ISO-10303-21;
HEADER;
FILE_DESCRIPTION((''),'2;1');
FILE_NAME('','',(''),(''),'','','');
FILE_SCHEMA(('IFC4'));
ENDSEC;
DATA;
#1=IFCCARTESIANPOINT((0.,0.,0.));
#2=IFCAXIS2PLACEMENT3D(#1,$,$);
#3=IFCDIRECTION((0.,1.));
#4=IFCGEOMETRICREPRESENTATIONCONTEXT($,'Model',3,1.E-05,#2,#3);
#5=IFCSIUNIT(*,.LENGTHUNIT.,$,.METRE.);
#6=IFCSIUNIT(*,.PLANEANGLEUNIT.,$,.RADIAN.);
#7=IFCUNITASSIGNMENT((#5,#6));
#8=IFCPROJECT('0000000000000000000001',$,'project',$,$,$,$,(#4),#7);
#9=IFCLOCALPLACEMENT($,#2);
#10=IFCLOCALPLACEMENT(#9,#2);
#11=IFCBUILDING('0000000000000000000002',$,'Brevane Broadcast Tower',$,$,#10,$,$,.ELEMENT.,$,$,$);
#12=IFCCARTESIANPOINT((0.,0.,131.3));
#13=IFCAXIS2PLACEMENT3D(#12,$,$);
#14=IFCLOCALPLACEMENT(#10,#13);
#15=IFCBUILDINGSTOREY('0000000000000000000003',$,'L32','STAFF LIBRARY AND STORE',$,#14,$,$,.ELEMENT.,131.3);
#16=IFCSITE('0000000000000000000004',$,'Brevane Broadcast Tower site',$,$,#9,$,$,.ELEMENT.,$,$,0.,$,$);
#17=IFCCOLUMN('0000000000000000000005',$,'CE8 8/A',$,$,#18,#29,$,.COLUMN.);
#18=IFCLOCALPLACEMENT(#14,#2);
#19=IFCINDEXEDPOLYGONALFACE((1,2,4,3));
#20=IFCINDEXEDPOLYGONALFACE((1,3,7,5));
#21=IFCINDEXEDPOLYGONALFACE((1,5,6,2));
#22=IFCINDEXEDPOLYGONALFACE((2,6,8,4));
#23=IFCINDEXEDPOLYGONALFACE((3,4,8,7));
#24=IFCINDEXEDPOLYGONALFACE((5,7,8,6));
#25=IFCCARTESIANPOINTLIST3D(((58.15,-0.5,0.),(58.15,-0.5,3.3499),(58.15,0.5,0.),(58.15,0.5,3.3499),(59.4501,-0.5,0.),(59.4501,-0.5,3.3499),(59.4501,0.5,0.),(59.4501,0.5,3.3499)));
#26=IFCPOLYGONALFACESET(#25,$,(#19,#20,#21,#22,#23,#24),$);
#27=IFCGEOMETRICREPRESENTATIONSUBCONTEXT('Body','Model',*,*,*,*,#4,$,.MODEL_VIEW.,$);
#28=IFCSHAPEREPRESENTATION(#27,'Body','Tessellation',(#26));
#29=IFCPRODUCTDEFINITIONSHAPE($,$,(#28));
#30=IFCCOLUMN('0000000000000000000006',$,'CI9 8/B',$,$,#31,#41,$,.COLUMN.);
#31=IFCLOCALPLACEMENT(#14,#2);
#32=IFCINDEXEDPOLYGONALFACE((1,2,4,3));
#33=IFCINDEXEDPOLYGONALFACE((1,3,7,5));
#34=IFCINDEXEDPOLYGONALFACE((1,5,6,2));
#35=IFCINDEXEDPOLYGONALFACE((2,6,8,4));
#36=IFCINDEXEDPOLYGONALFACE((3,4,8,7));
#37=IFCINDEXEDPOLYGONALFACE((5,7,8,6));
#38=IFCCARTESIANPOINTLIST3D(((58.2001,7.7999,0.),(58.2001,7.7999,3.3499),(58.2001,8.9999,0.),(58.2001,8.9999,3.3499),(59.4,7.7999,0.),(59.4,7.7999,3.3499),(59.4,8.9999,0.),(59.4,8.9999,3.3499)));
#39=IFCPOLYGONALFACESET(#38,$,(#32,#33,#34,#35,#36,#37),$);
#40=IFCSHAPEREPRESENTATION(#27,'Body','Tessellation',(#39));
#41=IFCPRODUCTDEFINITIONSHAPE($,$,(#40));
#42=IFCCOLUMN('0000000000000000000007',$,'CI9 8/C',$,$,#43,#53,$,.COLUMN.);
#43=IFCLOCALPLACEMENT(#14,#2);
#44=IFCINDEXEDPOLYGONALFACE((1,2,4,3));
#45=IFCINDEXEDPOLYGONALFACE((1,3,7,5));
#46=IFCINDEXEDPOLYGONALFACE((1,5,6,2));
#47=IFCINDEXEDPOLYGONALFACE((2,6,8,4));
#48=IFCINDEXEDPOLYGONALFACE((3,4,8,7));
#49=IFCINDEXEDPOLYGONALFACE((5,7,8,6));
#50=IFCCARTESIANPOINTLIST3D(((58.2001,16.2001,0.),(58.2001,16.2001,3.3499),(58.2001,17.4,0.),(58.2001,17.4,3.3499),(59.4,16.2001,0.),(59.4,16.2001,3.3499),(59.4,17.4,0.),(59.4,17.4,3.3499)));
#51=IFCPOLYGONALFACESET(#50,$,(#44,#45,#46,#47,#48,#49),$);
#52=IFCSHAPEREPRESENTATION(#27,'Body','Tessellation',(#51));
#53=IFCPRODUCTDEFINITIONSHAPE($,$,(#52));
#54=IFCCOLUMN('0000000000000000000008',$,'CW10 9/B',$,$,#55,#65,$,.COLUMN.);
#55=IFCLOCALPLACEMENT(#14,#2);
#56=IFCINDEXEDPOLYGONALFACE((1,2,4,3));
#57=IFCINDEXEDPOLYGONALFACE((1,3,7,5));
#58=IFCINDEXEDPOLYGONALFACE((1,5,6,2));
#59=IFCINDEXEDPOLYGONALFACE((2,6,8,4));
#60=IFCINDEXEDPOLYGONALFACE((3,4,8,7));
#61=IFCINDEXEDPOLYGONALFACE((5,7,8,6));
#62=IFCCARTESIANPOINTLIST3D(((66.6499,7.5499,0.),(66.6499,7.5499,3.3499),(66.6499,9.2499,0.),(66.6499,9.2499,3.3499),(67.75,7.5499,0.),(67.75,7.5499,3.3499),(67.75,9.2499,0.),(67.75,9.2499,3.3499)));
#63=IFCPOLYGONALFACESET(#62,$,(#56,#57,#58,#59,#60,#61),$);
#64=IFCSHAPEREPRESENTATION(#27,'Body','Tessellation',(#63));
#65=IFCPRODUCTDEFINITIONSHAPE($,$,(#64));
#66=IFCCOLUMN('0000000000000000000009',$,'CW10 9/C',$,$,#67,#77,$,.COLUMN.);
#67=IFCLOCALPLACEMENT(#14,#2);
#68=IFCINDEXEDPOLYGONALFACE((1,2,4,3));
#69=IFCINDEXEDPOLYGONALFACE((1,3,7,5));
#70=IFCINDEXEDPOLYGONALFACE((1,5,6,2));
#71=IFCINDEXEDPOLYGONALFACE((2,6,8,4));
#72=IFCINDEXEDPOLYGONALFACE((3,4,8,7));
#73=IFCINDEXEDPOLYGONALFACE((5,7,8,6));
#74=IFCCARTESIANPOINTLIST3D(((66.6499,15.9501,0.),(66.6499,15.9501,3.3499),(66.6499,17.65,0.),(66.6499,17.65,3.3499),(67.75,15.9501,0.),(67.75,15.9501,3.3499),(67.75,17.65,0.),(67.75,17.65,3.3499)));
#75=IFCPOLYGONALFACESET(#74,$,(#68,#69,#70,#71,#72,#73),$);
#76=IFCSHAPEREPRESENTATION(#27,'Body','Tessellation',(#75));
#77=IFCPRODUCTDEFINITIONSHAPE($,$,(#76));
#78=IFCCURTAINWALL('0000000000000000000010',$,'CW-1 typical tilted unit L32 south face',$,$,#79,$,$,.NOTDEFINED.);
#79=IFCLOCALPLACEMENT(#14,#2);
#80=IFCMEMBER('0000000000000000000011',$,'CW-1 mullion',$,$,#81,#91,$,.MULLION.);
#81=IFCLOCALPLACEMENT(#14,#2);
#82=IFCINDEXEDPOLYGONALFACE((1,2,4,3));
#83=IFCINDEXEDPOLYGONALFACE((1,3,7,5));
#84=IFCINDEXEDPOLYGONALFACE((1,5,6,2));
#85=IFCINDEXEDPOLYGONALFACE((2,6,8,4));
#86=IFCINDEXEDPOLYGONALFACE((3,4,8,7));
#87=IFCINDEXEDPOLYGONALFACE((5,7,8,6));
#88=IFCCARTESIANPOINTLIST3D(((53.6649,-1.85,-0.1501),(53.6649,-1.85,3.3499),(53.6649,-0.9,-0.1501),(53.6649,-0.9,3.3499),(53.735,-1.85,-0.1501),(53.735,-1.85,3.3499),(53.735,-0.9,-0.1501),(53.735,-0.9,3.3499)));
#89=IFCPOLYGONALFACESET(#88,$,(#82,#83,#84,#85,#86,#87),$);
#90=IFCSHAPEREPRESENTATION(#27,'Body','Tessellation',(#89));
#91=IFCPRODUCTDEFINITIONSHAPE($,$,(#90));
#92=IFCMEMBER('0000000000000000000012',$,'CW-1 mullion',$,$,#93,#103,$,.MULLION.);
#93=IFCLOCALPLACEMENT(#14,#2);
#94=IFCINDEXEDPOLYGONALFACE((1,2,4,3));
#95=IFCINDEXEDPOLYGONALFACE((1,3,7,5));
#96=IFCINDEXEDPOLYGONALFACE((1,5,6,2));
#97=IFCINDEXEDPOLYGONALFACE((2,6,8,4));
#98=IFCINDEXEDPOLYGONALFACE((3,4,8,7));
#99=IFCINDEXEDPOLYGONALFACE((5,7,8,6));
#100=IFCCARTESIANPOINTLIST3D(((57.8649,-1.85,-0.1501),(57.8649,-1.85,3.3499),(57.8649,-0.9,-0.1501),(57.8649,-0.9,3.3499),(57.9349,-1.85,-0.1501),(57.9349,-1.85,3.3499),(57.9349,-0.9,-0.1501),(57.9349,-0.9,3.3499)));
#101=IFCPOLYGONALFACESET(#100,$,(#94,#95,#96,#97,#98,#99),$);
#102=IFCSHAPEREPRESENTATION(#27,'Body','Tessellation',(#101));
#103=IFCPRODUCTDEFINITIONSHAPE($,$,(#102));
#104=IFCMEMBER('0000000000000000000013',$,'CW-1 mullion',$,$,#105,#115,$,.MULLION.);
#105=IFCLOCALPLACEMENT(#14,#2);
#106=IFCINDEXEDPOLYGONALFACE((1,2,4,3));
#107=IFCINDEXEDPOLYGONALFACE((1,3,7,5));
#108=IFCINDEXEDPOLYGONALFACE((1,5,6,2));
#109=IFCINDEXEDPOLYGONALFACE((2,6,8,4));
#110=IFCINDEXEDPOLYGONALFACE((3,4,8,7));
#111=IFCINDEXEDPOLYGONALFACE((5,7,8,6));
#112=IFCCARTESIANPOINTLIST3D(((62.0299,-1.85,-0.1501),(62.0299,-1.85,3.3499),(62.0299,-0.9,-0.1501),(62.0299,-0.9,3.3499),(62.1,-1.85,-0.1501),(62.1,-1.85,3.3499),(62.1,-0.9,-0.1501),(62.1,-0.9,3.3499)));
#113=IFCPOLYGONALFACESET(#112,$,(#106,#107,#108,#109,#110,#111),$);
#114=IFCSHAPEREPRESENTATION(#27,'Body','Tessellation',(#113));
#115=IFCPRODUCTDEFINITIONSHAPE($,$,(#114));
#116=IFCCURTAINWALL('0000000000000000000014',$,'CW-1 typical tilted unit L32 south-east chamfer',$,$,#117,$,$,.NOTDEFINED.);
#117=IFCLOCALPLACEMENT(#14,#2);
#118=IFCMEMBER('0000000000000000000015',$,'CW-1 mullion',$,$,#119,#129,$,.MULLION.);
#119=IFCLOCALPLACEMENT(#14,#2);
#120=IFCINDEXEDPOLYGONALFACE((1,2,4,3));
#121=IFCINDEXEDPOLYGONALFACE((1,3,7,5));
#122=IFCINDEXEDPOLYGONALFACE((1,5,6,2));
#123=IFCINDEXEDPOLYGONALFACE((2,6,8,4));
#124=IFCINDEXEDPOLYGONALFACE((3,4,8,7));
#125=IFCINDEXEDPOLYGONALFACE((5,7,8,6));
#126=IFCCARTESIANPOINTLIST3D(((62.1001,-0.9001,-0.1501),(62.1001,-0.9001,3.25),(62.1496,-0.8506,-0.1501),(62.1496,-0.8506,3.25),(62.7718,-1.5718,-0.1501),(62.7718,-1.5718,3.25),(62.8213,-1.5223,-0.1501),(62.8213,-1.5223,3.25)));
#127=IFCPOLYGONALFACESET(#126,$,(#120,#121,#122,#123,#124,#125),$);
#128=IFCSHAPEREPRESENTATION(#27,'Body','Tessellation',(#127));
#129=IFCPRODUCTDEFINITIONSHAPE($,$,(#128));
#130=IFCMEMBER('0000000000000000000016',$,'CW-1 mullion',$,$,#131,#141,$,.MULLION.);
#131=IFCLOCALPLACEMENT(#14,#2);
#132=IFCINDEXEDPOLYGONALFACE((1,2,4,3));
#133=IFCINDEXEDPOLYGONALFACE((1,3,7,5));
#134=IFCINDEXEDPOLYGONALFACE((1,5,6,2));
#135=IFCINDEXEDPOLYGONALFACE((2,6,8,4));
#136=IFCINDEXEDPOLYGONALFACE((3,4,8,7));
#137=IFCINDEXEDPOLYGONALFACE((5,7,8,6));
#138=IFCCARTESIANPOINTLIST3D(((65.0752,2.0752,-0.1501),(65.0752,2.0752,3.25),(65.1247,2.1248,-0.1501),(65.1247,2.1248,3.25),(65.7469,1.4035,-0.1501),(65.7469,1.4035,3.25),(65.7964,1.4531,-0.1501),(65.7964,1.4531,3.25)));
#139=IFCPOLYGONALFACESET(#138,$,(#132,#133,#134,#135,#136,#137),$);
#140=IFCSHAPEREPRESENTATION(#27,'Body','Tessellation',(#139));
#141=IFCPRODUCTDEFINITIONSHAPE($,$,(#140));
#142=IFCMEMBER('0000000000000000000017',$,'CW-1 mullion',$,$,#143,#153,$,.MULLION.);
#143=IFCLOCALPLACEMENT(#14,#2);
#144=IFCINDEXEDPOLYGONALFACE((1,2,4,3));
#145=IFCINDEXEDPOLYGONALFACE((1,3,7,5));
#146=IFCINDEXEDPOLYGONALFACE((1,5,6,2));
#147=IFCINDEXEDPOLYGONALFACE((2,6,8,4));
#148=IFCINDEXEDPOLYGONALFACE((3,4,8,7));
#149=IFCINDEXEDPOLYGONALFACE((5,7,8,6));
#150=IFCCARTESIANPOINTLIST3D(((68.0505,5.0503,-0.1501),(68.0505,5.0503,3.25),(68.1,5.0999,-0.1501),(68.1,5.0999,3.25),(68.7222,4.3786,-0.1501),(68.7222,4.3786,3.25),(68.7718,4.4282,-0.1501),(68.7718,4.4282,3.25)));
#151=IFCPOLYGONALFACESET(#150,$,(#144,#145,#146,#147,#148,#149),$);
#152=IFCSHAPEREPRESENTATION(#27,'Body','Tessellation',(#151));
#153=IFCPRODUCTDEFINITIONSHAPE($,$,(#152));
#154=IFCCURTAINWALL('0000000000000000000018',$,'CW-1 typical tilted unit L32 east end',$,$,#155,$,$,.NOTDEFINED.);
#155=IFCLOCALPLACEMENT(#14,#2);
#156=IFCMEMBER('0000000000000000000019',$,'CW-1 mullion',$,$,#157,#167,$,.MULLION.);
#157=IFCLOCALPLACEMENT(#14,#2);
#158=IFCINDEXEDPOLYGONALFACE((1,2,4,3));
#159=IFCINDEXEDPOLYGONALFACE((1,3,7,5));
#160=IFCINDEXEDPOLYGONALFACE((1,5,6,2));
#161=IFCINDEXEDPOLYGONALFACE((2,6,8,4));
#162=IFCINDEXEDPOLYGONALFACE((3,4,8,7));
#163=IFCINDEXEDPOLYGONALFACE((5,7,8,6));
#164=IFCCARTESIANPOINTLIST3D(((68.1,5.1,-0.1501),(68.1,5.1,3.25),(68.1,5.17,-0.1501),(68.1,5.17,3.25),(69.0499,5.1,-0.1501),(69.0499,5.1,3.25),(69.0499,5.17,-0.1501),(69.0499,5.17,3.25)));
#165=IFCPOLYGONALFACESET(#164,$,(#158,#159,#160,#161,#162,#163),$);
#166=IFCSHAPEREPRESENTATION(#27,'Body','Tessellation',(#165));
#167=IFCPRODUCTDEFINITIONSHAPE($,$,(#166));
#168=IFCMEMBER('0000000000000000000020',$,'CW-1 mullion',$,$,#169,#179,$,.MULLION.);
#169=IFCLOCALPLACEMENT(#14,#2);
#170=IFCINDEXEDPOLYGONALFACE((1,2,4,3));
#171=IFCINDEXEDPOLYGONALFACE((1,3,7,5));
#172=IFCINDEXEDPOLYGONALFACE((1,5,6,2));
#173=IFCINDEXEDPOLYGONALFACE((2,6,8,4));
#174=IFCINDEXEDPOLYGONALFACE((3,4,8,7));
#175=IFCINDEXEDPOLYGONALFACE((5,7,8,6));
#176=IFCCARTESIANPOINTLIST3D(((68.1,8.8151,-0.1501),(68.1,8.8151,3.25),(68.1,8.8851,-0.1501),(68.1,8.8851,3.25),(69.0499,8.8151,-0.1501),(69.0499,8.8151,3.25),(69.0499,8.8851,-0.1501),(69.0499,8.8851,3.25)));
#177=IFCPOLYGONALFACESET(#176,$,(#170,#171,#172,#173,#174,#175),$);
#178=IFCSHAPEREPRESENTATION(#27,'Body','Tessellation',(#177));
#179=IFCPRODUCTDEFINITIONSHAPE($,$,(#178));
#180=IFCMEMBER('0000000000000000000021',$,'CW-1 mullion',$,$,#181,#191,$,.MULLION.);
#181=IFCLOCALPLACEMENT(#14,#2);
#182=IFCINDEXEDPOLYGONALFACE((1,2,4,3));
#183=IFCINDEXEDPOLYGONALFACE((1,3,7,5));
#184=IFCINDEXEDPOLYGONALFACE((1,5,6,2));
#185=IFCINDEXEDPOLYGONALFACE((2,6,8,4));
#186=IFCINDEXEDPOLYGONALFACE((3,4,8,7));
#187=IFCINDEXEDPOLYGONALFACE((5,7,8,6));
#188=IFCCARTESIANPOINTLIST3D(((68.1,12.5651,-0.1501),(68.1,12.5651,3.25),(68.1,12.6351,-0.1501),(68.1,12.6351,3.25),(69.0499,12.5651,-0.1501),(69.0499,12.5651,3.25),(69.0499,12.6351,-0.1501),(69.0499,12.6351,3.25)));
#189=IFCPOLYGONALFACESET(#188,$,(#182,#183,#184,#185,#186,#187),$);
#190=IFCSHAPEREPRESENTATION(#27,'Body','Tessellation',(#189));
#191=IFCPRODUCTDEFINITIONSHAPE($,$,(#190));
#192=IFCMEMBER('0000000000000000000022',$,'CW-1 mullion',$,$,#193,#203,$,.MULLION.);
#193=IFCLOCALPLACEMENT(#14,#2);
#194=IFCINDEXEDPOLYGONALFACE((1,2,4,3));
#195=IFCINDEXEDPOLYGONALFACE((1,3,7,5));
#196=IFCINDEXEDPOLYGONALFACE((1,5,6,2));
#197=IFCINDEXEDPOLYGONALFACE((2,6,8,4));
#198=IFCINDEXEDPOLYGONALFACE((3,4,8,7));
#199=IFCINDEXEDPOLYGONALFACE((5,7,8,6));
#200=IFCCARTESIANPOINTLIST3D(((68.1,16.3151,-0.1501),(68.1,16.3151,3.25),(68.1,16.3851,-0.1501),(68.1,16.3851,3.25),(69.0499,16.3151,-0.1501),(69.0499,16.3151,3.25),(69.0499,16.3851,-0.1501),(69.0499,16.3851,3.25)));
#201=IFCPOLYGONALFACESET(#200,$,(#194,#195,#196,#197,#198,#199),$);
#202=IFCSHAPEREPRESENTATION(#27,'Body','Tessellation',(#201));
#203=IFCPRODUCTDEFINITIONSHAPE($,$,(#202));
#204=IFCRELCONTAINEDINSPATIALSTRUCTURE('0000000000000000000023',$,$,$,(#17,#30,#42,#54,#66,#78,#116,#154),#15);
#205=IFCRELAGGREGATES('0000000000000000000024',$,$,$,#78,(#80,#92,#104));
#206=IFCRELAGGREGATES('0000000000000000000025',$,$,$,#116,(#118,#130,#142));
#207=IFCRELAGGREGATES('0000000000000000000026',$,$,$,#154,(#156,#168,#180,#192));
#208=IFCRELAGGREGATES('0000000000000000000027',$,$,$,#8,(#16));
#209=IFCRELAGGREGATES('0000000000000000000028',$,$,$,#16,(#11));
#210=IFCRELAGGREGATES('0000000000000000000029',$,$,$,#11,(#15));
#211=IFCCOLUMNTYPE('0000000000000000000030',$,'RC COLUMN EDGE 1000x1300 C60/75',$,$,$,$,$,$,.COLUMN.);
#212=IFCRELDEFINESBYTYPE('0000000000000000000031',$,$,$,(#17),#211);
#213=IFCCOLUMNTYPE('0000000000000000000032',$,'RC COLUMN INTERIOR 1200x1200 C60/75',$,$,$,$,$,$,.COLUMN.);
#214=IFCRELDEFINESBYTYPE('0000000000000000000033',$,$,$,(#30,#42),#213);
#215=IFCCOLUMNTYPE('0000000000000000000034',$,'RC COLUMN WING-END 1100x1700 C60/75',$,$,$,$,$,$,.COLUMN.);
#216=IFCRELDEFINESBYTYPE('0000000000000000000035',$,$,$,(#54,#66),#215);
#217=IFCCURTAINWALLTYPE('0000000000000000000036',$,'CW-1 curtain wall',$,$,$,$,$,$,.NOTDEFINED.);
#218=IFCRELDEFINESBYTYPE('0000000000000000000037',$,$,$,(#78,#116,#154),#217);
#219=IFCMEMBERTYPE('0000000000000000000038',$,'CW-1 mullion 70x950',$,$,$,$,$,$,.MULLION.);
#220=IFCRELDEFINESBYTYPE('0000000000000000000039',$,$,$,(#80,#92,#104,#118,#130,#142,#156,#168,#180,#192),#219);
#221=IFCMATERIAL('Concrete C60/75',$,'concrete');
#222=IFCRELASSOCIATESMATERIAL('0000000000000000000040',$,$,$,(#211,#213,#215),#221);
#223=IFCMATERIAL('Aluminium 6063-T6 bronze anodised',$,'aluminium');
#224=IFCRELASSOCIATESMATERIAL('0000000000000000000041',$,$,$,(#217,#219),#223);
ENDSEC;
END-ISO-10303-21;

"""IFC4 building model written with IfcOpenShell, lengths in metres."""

from ifc_helpers import new_model, si_unit, direction, frame, origin, origin_2d, place, context, subcontext, project, spatial, rectangle, extrude, material, material_profile, profile_set, type_object, element, aggregate, save


model = new_model("IFC4")

# Units and contexts
model_context = context("Model", 3, precision=1e-05, world=origin(), true_north=direction((0.0, 1.0)))
body_context = subcontext(model_context, "Body", "Model", "MODEL_VIEW")
ifc_project = project(units=[si_unit("LENGTHUNIT", "METRE"), si_unit("PLANEANGLEUNIT", "RADIAN")], contexts=[model_context])

# Site, building, storey
site_placement = place(None, origin())
site = spatial("IfcSite", under=ifc_project, at=site_placement, Name="Brevane Broadcast Tower site", CompositionType="ELEMENT", RefElevation=0.0)
building_placement = place(site_placement, origin())
building = spatial("IfcBuilding", under=site, at=building_placement, Name="Brevane Broadcast Tower", CompositionType="ELEMENT")
storey_placement = place(building_placement, frame((0.0, 0.0, 131.3)))
storey = spatial("IfcBuildingStorey", under=building, at=storey_placement, Name="L32", Description="STAFF LIBRARY AND STORE", CompositionType="ELEMENT", Elevation=131.3)

# Columns
ifc_material_1 = material(Name="Concrete C60/75", Category="concrete")
ifc_material_profile_1 = material_profile(ifc_material_1, rectangle(XDim=1.0, YDim=1.3, at=origin_2d()), Name="RC 1000x1300")
ifc_profile_set_1 = profile_set([ifc_material_profile_1], Name="Concrete C60/75")
column_type_1 = type_object("IfcColumnType", Name="RC COLUMN EDGE 1000x1300 C60/75", PredefinedType="COLUMN", material=ifc_profile_set_1)
column_placement = place(storey_placement, frame((58.8, 0.0, 0.0), z_axis=(0.0, 0.0, 1.0), x_axis=(0.0, 1.0, 0.0)))
element("IfcColumn", 1, at=column_placement, inside=storey, type_object=column_type_1, Name="CE8 8/A", PredefinedType="COLUMN", context=body_context, shape_type="SweptSolid", body=[
    extrude(rectangle(XDim=1.0, YDim=1.3, at=origin_2d()), origin(), (0.0, 0.0, 1.0), 3.3499),
])
ifc_material_profile_2 = material_profile(ifc_material_1, rectangle(XDim=1.2, YDim=1.2, at=origin_2d()), Name="RC 1200x1200")
ifc_profile_set_2 = profile_set([ifc_material_profile_2], Name="Concrete C60/75")
column_type_2 = type_object("IfcColumnType", Name="RC COLUMN INTERIOR 1200x1200 C60/75", PredefinedType="COLUMN", material=ifc_profile_set_2)
for number, where, z_axis, x_axis, name in (
    (2, (58.8, 8.3999, 0.0), (0.0, 0.0, 1.0), (1.0, 0.0, 0.0), "CI9 8/B"),
    (3, (58.8, 16.8, 0.0), (0.0, 0.0, 1.0), (1.0, 0.0, 0.0), "CI9 8/C"),
):
    element("IfcColumn", number, at=place(storey_placement, frame(where, z_axis=z_axis, x_axis=x_axis)), inside=storey, type_object=column_type_2, Name=name, PredefinedType="COLUMN", context=body_context, shape_type="SweptSolid", body=[
        extrude(rectangle(XDim=1.2, YDim=1.2, at=origin_2d()), origin(), (0.0, 0.0, 1.0), 3.3499),
    ])
ifc_material_profile_3 = material_profile(ifc_material_1, rectangle(XDim=1.1001, YDim=1.7, at=origin_2d()), Name="RC 1100x1700")
ifc_profile_set_3 = profile_set([ifc_material_profile_3], Name="Concrete C60/75")
column_type_3 = type_object("IfcColumnType", Name="RC COLUMN WING-END 1100x1700 C60/75", PredefinedType="COLUMN", material=ifc_profile_set_3)
for number, where, z_axis, x_axis, name in (
    (4, (67.2, 8.3999, 0.0), (0.0, 0.0, 1.0), (1.0, 0.0, 0.0), "CW10 9/B"),
    (5, (67.2, 16.8, 0.0), (0.0, 0.0, 1.0), (1.0, 0.0, 0.0), "CW10 9/C"),
):
    element("IfcColumn", number, at=place(storey_placement, frame(where, z_axis=z_axis, x_axis=x_axis)), inside=storey, type_object=column_type_3, Name=name, PredefinedType="COLUMN", context=body_context, shape_type="SweptSolid", body=[
        extrude(rectangle(XDim=1.1001, YDim=1.7, at=origin_2d()), origin(), (0.0, 0.0, 1.0), 3.3499),
    ])

# Curtain walls, members
ifc_material_2 = material(Name="Aluminium 6063-T6 bronze anodised", Category="aluminium")
curtain_wall_type = type_object("IfcCurtainWallType", Name="CW-1 curtain wall", PredefinedType="NOTDEFINED", material=ifc_material_2)
curtain_wall_1_placement = place(storey_placement, origin())
curtain_wall_1 = element("IfcCurtainWall", 6, at=curtain_wall_1_placement, inside=storey, type_object=curtain_wall_type, Name="CW-1 typical tilted unit L32 south face", PredefinedType="NOTDEFINED")
ifc_material_profile_4 = material_profile(ifc_material_2, rectangle(XDim=0.95, YDim=0.0701, at=origin_2d()), Name="RECT 70x950")
ifc_profile_set_4 = profile_set([ifc_material_profile_4], Name="Aluminium 6063-T6 bronze anodised")
member_type_1 = type_object("IfcMemberType", Name="CW-1 mullion 70x950", PredefinedType="MULLION", material=ifc_profile_set_4)
member_1_placement = place(storey_placement, frame((53.7, -1.375, -0.1501), z_axis=(0.0, 0.0, 1.0), x_axis=(0.0, 1.0, 0.0)))
member_1 = element("IfcMember", 7, at=member_1_placement, type_object=member_type_1, Name="CW-1 mullion", PredefinedType="MULLION", context=body_context, shape_type="SweptSolid", body=[
    extrude(rectangle(XDim=0.95, YDim=0.0701, at=origin_2d()), origin(), (0.0, 0.0, 1.0), 3.5),
])
member_2_placement = place(storey_placement, frame((57.8999, -1.375, -0.1501), z_axis=(0.0, 0.0, 1.0), x_axis=(0.0, 1.0, 0.0)))
member_2 = element("IfcMember", 8, at=member_2_placement, type_object=member_type_1, Name="CW-1 mullion", PredefinedType="MULLION", context=body_context, shape_type="SweptSolid", body=[
    extrude(rectangle(XDim=0.95, YDim=0.0701, at=origin_2d()), origin(), (0.0, 0.0, 1.0), 3.5),
])
member_3_placement = place(storey_placement, frame((62.0649, -1.375, -0.1501), z_axis=(0.0, 0.0, 1.0), x_axis=(0.0, 1.0, 0.0)))
member_3 = element("IfcMember", 9, at=member_3_placement, type_object=member_type_1, Name="CW-1 mullion", PredefinedType="MULLION", context=body_context, shape_type="SweptSolid", body=[
    extrude(rectangle(XDim=0.95, YDim=0.0701, at=origin_2d()), origin(), (0.0, 0.0, 1.0), 3.5),
])
aggregate(curtain_wall_1, [member_1, member_2, member_3])
curtain_wall_2_placement = place(storey_placement, origin())
curtain_wall_2 = element("IfcCurtainWall", 10, at=curtain_wall_2_placement, inside=storey, type_object=curtain_wall_type, Name="CW-1 typical tilted unit L32 south-east chamfer", PredefinedType="NOTDEFINED")
member_4_placement = place(storey_placement, frame((62.4607, -1.2112, -0.1501), z_axis=(0.0, 0.0, 1.0), x_axis=(-0.707107, 0.707107, 0.0)))
member_4 = element("IfcMember", 11, at=member_4_placement, type_object=member_type_1, Name="CW-1 mullion", PredefinedType="MULLION", context=body_context, shape_type="SweptSolid", body=[
    extrude(rectangle(XDim=0.95, YDim=0.0701, at=origin_2d()), origin(), (0.0, 0.0, 1.0), 3.4001),
])
member_5_placement = place(storey_placement, frame((65.4358, 1.7642, -0.1501), z_axis=(0.0, 0.0, 1.0), x_axis=(-0.707107, 0.707107, 0.0)))
member_5 = element("IfcMember", 12, at=member_5_placement, type_object=member_type_1, Name="CW-1 mullion", PredefinedType="MULLION", context=body_context, shape_type="SweptSolid", body=[
    extrude(rectangle(XDim=0.95, YDim=0.0701, at=origin_2d()), origin(), (0.0, 0.0, 1.0), 3.4001),
])
member_6_placement = place(storey_placement, frame((68.4111, 4.7393, -0.1501), z_axis=(0.0, 0.0, 1.0), x_axis=(-0.707107, 0.707107, 0.0)))
member_6 = element("IfcMember", 13, at=member_6_placement, type_object=member_type_1, Name="CW-1 mullion", PredefinedType="MULLION", context=body_context, shape_type="SweptSolid", body=[
    extrude(rectangle(XDim=0.95, YDim=0.0701, at=origin_2d()), origin(), (0.0, 0.0, 1.0), 3.4001),
])
curtain_wall_3_placement = place(storey_placement, origin())
curtain_wall_3 = element("IfcCurtainWall", 14, at=curtain_wall_3_placement, inside=storey, type_object=curtain_wall_type, Name="CW-1 typical tilted unit L32 east end", PredefinedType="NOTDEFINED")
member_7_placement = place(storey_placement, frame((68.575, 5.135, -0.1501), z_axis=(0.0, 0.0, 1.0), x_axis=(-1.0, 0.0, 0.0)))
member_7 = element("IfcMember", 15, at=member_7_placement, type_object=member_type_1, Name="CW-1 mullion", PredefinedType="MULLION", context=body_context, shape_type="SweptSolid", body=[
    extrude(rectangle(XDim=0.95, YDim=0.0701, at=origin_2d()), origin(), (0.0, 0.0, 1.0), 3.4001),
])
member_8_placement = place(storey_placement, frame((68.575, 8.8501, -0.1501), z_axis=(0.0, 0.0, 1.0), x_axis=(-1.0, 0.0, 0.0)))
member_8 = element("IfcMember", 16, at=member_8_placement, type_object=member_type_1, Name="CW-1 mullion", PredefinedType="MULLION", context=body_context, shape_type="SweptSolid", body=[
    extrude(rectangle(XDim=0.95, YDim=0.0701, at=origin_2d()), origin(), (0.0, 0.0, 1.0), 3.4001),
])
member_9_placement = place(storey_placement, frame((68.575, 12.6001, -0.1501), z_axis=(0.0, 0.0, 1.0), x_axis=(-1.0, 0.0, 0.0)))
member_9 = element("IfcMember", 17, at=member_9_placement, type_object=member_type_1, Name="CW-1 mullion", PredefinedType="MULLION", context=body_context, shape_type="SweptSolid", body=[
    extrude(rectangle(XDim=0.95, YDim=0.0701, at=origin_2d()), origin(), (0.0, 0.0, 1.0), 3.4001),
])
member_10_placement = place(storey_placement, frame((68.575, 16.3501, -0.1501), z_axis=(0.0, 0.0, 1.0), x_axis=(-1.0, 0.0, 0.0)))
member_10 = element("IfcMember", 18, at=member_10_placement, type_object=member_type_1, Name="CW-1 mullion", PredefinedType="MULLION", context=body_context, shape_type="SweptSolid", body=[
    extrude(rectangle(XDim=0.95, YDim=0.0701, at=origin_2d()), origin(), (0.0, 0.0, 1.0), 3.4001),
])

aggregate(curtain_wall_2, [member_4, member_5, member_6])
aggregate(curtain_wall_3, [member_7, member_8, member_9, member_10])

save(model, "model.ifc")
